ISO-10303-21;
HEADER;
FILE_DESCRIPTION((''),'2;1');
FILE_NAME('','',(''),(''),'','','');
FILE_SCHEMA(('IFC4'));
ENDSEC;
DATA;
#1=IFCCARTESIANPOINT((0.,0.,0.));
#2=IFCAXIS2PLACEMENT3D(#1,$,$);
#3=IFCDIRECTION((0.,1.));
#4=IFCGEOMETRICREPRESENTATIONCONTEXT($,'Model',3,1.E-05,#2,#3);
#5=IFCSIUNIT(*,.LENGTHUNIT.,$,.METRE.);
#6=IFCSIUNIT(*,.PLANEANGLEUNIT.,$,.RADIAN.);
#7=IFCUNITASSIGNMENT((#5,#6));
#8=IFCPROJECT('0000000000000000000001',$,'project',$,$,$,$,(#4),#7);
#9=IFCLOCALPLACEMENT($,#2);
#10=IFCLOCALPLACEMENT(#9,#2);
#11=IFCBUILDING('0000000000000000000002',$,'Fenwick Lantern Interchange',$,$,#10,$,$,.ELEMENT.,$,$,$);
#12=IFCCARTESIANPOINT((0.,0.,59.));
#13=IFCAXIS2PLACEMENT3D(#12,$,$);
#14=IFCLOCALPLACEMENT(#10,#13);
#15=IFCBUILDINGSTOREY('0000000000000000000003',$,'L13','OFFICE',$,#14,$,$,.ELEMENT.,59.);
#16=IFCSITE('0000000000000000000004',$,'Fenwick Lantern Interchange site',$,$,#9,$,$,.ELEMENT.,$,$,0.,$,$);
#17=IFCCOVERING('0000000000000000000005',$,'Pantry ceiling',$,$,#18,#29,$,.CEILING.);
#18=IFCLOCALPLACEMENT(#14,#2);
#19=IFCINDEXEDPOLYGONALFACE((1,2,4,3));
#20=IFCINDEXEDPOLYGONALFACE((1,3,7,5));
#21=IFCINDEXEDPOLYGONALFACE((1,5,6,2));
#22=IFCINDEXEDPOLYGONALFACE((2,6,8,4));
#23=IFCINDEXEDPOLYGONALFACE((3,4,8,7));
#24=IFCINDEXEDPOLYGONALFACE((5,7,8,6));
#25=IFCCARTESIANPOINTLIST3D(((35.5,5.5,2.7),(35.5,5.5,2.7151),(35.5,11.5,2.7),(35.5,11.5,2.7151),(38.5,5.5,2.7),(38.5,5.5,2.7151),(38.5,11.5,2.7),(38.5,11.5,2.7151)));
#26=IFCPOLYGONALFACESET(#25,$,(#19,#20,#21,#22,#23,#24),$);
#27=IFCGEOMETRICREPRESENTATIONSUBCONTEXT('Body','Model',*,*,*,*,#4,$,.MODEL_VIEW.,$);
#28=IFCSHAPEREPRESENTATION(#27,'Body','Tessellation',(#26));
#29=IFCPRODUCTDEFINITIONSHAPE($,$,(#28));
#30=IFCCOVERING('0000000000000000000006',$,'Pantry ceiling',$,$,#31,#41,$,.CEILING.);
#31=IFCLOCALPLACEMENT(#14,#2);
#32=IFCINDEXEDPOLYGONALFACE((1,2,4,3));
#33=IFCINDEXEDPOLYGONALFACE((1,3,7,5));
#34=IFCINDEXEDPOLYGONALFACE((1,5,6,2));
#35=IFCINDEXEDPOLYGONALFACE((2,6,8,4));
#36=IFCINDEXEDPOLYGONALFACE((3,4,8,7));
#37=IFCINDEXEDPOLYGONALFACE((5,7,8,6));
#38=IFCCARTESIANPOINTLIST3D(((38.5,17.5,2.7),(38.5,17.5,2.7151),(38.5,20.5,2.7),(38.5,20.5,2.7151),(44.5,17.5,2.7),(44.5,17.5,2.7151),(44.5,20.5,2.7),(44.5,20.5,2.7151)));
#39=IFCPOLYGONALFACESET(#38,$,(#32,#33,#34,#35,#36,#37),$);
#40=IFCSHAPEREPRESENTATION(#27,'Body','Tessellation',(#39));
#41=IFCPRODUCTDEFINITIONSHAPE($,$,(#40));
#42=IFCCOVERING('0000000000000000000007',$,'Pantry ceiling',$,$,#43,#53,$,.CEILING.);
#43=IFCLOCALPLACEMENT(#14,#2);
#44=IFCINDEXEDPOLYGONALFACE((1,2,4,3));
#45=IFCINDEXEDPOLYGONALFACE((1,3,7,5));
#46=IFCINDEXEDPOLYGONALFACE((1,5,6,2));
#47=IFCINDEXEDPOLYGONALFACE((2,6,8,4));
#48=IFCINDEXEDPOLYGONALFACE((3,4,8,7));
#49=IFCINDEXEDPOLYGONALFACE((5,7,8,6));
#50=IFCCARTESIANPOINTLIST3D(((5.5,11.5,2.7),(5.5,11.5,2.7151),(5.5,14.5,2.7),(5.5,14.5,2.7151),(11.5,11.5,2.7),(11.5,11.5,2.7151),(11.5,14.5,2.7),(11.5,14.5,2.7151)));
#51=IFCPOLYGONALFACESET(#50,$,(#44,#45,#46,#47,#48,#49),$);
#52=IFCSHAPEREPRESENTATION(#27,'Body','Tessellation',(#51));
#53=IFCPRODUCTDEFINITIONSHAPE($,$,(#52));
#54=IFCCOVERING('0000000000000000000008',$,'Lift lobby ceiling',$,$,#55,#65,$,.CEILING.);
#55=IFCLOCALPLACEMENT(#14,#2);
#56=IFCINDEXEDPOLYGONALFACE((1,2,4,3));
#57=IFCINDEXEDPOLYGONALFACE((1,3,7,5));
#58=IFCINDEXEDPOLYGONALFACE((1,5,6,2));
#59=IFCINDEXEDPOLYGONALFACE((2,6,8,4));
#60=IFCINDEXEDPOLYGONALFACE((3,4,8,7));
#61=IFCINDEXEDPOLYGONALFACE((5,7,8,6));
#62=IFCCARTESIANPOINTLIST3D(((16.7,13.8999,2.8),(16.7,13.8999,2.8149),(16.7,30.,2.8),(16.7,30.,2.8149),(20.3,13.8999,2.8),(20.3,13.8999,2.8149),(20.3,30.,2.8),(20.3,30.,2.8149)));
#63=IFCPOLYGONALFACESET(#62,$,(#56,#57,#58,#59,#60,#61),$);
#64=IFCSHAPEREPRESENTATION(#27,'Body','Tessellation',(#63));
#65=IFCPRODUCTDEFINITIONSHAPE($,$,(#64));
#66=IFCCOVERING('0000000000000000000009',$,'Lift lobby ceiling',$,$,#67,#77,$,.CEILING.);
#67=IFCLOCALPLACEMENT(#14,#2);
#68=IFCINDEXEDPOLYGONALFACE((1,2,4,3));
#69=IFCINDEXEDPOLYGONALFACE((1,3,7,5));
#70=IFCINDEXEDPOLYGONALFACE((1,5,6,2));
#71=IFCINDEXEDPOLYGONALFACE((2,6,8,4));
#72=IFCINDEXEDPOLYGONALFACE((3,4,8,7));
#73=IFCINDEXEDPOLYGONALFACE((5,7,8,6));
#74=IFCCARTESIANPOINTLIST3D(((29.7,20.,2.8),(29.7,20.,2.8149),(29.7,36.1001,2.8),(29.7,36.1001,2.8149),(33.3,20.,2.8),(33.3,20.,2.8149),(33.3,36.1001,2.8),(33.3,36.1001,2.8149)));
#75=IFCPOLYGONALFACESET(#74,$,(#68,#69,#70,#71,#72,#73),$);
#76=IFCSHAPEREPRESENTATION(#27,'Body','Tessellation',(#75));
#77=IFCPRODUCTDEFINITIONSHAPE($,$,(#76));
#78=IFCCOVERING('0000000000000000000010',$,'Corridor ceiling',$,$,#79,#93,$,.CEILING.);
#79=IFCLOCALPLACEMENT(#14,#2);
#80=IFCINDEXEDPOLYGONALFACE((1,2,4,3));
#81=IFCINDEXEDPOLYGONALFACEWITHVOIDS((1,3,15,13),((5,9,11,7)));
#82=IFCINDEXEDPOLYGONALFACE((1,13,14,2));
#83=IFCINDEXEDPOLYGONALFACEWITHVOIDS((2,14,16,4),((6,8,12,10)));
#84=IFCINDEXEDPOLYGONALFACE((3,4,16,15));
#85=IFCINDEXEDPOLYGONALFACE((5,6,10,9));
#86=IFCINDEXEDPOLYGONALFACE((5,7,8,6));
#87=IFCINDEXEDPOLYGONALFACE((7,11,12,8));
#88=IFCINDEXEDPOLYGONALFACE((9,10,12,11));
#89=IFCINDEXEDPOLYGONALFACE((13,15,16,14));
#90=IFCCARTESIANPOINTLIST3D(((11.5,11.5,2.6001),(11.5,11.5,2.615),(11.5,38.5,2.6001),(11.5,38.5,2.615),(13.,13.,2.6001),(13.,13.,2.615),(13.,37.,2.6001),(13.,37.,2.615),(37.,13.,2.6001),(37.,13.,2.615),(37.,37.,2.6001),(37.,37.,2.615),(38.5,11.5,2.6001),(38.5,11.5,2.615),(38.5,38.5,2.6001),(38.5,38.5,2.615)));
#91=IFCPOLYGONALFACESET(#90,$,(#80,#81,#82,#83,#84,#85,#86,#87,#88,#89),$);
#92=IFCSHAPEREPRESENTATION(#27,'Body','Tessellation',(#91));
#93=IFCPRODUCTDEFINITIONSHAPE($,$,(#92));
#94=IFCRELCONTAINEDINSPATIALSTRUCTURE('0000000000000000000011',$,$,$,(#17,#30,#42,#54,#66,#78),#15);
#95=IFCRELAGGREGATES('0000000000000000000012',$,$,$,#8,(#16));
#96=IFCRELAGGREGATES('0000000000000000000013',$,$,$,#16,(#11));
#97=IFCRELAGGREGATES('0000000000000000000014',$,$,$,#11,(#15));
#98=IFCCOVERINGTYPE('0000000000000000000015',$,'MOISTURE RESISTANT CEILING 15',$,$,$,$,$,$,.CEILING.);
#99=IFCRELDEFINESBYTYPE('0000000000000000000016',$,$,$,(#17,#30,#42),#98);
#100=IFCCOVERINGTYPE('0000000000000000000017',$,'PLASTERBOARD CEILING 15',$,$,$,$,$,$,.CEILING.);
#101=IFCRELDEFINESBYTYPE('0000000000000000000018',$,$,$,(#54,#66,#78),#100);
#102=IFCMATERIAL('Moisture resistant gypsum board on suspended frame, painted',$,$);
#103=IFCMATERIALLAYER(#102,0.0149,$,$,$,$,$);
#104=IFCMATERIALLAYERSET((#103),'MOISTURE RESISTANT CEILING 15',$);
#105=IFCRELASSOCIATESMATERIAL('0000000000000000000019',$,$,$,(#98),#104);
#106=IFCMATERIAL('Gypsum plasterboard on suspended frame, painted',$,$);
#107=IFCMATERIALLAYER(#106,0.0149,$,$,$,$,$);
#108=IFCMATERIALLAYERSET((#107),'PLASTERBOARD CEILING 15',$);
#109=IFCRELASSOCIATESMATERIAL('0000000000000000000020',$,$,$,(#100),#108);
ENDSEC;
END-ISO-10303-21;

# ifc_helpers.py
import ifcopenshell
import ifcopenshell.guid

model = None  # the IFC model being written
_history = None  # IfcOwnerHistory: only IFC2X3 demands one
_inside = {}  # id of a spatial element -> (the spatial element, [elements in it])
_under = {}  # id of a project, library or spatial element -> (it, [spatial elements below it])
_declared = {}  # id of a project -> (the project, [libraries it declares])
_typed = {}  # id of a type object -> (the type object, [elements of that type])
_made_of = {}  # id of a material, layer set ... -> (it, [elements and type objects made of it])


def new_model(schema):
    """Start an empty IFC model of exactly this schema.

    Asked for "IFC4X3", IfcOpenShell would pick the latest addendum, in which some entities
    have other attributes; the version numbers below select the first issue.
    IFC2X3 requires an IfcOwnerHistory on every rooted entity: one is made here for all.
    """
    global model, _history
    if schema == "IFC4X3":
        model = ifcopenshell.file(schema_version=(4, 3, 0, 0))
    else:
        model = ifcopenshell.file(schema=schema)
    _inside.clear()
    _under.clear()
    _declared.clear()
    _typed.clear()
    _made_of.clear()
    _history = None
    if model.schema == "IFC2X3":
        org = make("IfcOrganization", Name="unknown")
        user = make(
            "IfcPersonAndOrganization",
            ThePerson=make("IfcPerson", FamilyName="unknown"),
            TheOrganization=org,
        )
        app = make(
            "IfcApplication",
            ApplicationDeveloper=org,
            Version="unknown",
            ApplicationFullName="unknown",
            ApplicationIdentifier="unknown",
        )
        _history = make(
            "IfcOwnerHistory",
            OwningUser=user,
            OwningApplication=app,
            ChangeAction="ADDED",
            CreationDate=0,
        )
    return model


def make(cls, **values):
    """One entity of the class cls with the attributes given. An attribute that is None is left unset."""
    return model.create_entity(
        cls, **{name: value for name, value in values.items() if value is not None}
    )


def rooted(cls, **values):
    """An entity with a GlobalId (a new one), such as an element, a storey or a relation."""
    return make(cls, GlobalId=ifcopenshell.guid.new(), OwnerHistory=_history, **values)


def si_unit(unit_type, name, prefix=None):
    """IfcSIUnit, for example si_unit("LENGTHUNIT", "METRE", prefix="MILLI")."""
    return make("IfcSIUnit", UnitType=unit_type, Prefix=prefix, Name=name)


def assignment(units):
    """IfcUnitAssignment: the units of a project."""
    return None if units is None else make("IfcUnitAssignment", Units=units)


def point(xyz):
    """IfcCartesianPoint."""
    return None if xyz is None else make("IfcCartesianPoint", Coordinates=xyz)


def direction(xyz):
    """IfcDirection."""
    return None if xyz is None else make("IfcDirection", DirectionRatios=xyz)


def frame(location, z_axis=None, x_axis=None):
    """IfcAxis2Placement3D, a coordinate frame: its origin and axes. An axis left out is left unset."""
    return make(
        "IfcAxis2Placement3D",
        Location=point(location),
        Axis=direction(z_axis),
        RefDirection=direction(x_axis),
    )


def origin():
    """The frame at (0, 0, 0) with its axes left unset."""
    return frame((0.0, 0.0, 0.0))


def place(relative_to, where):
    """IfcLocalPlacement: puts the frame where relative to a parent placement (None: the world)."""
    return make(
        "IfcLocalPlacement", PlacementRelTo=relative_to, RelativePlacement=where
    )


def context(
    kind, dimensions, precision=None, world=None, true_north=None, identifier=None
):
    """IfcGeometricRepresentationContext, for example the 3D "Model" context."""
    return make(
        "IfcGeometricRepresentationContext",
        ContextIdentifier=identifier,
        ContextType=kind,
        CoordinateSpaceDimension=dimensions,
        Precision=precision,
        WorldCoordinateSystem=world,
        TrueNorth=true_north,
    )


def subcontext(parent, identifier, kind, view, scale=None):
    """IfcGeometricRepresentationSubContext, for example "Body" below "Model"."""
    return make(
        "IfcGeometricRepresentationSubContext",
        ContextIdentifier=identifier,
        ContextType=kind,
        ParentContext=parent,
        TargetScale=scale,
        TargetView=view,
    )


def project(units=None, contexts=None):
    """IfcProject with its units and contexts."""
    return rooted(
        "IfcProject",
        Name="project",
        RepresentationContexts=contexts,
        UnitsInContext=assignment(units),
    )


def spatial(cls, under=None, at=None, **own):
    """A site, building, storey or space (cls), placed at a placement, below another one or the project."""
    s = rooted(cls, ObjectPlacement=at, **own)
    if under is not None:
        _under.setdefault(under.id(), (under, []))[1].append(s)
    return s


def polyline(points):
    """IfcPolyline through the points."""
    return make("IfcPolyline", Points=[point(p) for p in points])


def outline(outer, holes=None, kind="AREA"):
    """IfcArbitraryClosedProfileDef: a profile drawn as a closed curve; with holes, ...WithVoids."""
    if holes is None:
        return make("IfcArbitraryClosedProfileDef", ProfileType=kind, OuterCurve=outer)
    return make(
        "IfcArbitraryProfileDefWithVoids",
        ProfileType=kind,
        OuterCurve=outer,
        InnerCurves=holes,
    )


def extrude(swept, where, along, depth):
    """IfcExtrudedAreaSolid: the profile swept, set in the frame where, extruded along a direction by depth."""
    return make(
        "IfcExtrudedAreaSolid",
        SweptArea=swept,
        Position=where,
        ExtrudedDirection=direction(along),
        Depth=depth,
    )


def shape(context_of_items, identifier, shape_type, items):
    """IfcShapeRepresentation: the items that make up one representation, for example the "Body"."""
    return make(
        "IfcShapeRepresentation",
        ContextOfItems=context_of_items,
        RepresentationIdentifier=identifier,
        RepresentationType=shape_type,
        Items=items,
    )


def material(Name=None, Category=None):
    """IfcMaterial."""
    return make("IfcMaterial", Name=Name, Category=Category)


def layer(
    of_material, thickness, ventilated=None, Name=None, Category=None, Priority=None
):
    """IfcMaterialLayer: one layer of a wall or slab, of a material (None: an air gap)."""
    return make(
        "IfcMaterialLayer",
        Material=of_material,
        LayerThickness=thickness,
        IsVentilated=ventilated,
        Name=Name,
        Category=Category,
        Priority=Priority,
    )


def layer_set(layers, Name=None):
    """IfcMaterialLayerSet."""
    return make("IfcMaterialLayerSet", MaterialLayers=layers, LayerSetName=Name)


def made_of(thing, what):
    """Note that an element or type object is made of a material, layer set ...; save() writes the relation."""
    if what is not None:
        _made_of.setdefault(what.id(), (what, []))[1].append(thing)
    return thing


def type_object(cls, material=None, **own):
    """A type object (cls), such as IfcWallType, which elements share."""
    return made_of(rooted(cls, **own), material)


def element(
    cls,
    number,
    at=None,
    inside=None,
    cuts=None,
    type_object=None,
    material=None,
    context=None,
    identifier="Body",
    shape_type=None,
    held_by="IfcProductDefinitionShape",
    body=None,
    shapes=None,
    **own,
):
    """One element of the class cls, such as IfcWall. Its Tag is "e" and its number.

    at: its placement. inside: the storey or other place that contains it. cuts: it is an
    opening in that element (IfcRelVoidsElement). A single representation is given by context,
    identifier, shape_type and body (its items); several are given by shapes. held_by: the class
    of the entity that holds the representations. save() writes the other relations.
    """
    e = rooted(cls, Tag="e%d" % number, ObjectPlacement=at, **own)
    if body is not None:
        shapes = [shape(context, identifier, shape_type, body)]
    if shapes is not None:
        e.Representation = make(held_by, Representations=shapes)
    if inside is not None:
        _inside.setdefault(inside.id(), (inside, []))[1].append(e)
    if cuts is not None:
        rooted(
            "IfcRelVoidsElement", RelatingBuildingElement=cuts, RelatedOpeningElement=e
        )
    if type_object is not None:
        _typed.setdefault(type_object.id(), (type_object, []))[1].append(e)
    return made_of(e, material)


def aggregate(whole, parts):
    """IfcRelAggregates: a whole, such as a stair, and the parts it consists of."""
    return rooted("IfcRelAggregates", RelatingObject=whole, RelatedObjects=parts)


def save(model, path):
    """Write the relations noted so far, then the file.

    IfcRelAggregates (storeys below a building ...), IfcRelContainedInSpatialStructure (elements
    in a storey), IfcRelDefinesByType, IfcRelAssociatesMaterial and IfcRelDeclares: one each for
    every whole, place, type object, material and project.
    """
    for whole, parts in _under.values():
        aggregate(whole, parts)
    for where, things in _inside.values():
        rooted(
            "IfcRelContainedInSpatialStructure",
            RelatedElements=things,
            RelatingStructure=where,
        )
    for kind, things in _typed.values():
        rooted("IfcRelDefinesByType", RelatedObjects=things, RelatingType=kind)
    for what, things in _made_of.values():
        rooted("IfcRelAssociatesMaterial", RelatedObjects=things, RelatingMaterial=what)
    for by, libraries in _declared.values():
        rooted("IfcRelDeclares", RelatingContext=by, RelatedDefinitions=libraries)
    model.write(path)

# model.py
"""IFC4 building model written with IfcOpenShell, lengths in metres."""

from ifc_helpers import new_model, si_unit, direction, frame, origin, place, context, subcontext, project, spatial, polyline, outline, extrude, material, layer, layer_set, type_object, element, save


model = new_model("IFC4")

# Units and contexts
model_context = context("Model", 3, precision=1e-05, world=origin(), true_north=direction((0.0, 1.0)))
body_context = subcontext(model_context, "Body", "Model", "MODEL_VIEW")
ifc_project = project(units=[si_unit("LENGTHUNIT", "METRE"), si_unit("PLANEANGLEUNIT", "RADIAN")], contexts=[model_context])

# Site, building, storey
site_placement = place(None, origin())
site = spatial("IfcSite", under=ifc_project, at=site_placement, Name="Fenwick Lantern Interchange site", CompositionType="ELEMENT", RefElevation=0.0)
building_placement = place(site_placement, origin())
building = spatial("IfcBuilding", under=site, at=building_placement, Name="Fenwick Lantern Interchange", CompositionType="ELEMENT")
storey_placement = place(building_placement, frame((0.0, 0.0, 59.0)))
storey = spatial("IfcBuildingStorey", under=building, at=storey_placement, Name="L13", Description="OFFICE", CompositionType="ELEMENT", Elevation=59.0)

# Coverings
ifc_material_1 = material(Name="Moisture resistant gypsum board on suspended frame, painted")
ifc_layer_1 = layer(ifc_material_1, 0.0149)
ifc_layer_set_1 = layer_set([ifc_layer_1], Name="MOISTURE RESISTANT CEILING 15")
covering_type_1 = type_object("IfcCoveringType", Name="MOISTURE RESISTANT CEILING 15", PredefinedType="CEILING", material=ifc_layer_set_1)
covering_1_placement = place(storey_placement, frame((0.0, 0.0, 2.7)))
element("IfcCovering", 1, at=covering_1_placement, inside=storey, type_object=covering_type_1, Name="Pantry ceiling", PredefinedType="CEILING", context=body_context, shape_type="SweptSolid", body=[
    extrude(outline(polyline([(35.5, 5.5), (38.5, 5.5), (38.5, 11.5), (35.5, 11.5), (35.5, 5.5)])), origin(), (0.0, 0.0, 1.0), 0.0151),
])
covering_2_placement = place(storey_placement, frame((0.0, 0.0, 2.7)))
element("IfcCovering", 2, at=covering_2_placement, inside=storey, type_object=covering_type_1, Name="Pantry ceiling", PredefinedType="CEILING", context=body_context, shape_type="SweptSolid", body=[
    extrude(outline(polyline([(44.5, 17.5), (44.5, 20.5), (38.5, 20.5), (38.5, 17.5), (44.5, 17.5)])), origin(), (0.0, 0.0, 1.0), 0.0151),
])
covering_3_placement = place(storey_placement, frame((0.0, 0.0, 2.7)))
element("IfcCovering", 3, at=covering_3_placement, inside=storey, type_object=covering_type_1, Name="Pantry ceiling", PredefinedType="CEILING", context=body_context, shape_type="SweptSolid", body=[
    extrude(outline(polyline([(5.5, 14.5), (5.5, 11.5), (11.5, 11.5), (11.5, 14.5), (5.5, 14.5)])), origin(), (0.0, 0.0, 1.0), 0.0151),
])
ifc_material_2 = material(Name="Gypsum plasterboard on suspended frame, painted")
ifc_layer_2 = layer(ifc_material_2, 0.0149)
ifc_layer_set_2 = layer_set([ifc_layer_2], Name="PLASTERBOARD CEILING 15")
covering_type_2 = type_object("IfcCoveringType", Name="PLASTERBOARD CEILING 15", PredefinedType="CEILING", material=ifc_layer_set_2)
covering_4_placement = place(storey_placement, frame((0.0, 0.0, 2.8)))
element("IfcCovering", 4, at=covering_4_placement, inside=storey, type_object=covering_type_2, Name="Lift lobby ceiling", PredefinedType="CEILING", context=body_context, shape_type="SweptSolid", body=[
    extrude(outline(polyline([(16.7, 13.8999), (20.3, 13.8999), (20.3, 30.0), (16.7, 30.0), (16.7, 13.8999)])), origin(), (0.0, 0.0, 1.0), 0.0149),
])
covering_5_placement = place(storey_placement, frame((0.0, 0.0, 2.8)))
element("IfcCovering", 5, at=covering_5_placement, inside=storey, type_object=covering_type_2, Name="Lift lobby ceiling", PredefinedType="CEILING", context=body_context, shape_type="SweptSolid", body=[
    extrude(outline(polyline([(33.3, 36.1001), (29.7, 36.1001), (29.7, 20.0), (33.3, 20.0), (33.3, 36.1001)])), origin(), (0.0, 0.0, 1.0), 0.0149),
])
covering_6_placement = place(storey_placement, frame((0.0, 0.0, 2.6001)))
element("IfcCovering", 6, at=covering_6_placement, inside=storey, type_object=covering_type_2, Name="Corridor ceiling", PredefinedType="CEILING", context=body_context, shape_type="SweptSolid", body=[
    extrude(outline(polyline([(11.5, 38.5), (11.5, 11.5), (38.5, 11.5), (38.5, 38.5), (11.5, 38.5)]), holes=[polyline([(37.0, 13.0), (13.0, 13.0), (13.0, 37.0), (37.0, 37.0), (37.0, 13.0)])]), origin(), (0.0, 0.0, 1.0), 0.0149),
])

save(model, "model.ifc")
